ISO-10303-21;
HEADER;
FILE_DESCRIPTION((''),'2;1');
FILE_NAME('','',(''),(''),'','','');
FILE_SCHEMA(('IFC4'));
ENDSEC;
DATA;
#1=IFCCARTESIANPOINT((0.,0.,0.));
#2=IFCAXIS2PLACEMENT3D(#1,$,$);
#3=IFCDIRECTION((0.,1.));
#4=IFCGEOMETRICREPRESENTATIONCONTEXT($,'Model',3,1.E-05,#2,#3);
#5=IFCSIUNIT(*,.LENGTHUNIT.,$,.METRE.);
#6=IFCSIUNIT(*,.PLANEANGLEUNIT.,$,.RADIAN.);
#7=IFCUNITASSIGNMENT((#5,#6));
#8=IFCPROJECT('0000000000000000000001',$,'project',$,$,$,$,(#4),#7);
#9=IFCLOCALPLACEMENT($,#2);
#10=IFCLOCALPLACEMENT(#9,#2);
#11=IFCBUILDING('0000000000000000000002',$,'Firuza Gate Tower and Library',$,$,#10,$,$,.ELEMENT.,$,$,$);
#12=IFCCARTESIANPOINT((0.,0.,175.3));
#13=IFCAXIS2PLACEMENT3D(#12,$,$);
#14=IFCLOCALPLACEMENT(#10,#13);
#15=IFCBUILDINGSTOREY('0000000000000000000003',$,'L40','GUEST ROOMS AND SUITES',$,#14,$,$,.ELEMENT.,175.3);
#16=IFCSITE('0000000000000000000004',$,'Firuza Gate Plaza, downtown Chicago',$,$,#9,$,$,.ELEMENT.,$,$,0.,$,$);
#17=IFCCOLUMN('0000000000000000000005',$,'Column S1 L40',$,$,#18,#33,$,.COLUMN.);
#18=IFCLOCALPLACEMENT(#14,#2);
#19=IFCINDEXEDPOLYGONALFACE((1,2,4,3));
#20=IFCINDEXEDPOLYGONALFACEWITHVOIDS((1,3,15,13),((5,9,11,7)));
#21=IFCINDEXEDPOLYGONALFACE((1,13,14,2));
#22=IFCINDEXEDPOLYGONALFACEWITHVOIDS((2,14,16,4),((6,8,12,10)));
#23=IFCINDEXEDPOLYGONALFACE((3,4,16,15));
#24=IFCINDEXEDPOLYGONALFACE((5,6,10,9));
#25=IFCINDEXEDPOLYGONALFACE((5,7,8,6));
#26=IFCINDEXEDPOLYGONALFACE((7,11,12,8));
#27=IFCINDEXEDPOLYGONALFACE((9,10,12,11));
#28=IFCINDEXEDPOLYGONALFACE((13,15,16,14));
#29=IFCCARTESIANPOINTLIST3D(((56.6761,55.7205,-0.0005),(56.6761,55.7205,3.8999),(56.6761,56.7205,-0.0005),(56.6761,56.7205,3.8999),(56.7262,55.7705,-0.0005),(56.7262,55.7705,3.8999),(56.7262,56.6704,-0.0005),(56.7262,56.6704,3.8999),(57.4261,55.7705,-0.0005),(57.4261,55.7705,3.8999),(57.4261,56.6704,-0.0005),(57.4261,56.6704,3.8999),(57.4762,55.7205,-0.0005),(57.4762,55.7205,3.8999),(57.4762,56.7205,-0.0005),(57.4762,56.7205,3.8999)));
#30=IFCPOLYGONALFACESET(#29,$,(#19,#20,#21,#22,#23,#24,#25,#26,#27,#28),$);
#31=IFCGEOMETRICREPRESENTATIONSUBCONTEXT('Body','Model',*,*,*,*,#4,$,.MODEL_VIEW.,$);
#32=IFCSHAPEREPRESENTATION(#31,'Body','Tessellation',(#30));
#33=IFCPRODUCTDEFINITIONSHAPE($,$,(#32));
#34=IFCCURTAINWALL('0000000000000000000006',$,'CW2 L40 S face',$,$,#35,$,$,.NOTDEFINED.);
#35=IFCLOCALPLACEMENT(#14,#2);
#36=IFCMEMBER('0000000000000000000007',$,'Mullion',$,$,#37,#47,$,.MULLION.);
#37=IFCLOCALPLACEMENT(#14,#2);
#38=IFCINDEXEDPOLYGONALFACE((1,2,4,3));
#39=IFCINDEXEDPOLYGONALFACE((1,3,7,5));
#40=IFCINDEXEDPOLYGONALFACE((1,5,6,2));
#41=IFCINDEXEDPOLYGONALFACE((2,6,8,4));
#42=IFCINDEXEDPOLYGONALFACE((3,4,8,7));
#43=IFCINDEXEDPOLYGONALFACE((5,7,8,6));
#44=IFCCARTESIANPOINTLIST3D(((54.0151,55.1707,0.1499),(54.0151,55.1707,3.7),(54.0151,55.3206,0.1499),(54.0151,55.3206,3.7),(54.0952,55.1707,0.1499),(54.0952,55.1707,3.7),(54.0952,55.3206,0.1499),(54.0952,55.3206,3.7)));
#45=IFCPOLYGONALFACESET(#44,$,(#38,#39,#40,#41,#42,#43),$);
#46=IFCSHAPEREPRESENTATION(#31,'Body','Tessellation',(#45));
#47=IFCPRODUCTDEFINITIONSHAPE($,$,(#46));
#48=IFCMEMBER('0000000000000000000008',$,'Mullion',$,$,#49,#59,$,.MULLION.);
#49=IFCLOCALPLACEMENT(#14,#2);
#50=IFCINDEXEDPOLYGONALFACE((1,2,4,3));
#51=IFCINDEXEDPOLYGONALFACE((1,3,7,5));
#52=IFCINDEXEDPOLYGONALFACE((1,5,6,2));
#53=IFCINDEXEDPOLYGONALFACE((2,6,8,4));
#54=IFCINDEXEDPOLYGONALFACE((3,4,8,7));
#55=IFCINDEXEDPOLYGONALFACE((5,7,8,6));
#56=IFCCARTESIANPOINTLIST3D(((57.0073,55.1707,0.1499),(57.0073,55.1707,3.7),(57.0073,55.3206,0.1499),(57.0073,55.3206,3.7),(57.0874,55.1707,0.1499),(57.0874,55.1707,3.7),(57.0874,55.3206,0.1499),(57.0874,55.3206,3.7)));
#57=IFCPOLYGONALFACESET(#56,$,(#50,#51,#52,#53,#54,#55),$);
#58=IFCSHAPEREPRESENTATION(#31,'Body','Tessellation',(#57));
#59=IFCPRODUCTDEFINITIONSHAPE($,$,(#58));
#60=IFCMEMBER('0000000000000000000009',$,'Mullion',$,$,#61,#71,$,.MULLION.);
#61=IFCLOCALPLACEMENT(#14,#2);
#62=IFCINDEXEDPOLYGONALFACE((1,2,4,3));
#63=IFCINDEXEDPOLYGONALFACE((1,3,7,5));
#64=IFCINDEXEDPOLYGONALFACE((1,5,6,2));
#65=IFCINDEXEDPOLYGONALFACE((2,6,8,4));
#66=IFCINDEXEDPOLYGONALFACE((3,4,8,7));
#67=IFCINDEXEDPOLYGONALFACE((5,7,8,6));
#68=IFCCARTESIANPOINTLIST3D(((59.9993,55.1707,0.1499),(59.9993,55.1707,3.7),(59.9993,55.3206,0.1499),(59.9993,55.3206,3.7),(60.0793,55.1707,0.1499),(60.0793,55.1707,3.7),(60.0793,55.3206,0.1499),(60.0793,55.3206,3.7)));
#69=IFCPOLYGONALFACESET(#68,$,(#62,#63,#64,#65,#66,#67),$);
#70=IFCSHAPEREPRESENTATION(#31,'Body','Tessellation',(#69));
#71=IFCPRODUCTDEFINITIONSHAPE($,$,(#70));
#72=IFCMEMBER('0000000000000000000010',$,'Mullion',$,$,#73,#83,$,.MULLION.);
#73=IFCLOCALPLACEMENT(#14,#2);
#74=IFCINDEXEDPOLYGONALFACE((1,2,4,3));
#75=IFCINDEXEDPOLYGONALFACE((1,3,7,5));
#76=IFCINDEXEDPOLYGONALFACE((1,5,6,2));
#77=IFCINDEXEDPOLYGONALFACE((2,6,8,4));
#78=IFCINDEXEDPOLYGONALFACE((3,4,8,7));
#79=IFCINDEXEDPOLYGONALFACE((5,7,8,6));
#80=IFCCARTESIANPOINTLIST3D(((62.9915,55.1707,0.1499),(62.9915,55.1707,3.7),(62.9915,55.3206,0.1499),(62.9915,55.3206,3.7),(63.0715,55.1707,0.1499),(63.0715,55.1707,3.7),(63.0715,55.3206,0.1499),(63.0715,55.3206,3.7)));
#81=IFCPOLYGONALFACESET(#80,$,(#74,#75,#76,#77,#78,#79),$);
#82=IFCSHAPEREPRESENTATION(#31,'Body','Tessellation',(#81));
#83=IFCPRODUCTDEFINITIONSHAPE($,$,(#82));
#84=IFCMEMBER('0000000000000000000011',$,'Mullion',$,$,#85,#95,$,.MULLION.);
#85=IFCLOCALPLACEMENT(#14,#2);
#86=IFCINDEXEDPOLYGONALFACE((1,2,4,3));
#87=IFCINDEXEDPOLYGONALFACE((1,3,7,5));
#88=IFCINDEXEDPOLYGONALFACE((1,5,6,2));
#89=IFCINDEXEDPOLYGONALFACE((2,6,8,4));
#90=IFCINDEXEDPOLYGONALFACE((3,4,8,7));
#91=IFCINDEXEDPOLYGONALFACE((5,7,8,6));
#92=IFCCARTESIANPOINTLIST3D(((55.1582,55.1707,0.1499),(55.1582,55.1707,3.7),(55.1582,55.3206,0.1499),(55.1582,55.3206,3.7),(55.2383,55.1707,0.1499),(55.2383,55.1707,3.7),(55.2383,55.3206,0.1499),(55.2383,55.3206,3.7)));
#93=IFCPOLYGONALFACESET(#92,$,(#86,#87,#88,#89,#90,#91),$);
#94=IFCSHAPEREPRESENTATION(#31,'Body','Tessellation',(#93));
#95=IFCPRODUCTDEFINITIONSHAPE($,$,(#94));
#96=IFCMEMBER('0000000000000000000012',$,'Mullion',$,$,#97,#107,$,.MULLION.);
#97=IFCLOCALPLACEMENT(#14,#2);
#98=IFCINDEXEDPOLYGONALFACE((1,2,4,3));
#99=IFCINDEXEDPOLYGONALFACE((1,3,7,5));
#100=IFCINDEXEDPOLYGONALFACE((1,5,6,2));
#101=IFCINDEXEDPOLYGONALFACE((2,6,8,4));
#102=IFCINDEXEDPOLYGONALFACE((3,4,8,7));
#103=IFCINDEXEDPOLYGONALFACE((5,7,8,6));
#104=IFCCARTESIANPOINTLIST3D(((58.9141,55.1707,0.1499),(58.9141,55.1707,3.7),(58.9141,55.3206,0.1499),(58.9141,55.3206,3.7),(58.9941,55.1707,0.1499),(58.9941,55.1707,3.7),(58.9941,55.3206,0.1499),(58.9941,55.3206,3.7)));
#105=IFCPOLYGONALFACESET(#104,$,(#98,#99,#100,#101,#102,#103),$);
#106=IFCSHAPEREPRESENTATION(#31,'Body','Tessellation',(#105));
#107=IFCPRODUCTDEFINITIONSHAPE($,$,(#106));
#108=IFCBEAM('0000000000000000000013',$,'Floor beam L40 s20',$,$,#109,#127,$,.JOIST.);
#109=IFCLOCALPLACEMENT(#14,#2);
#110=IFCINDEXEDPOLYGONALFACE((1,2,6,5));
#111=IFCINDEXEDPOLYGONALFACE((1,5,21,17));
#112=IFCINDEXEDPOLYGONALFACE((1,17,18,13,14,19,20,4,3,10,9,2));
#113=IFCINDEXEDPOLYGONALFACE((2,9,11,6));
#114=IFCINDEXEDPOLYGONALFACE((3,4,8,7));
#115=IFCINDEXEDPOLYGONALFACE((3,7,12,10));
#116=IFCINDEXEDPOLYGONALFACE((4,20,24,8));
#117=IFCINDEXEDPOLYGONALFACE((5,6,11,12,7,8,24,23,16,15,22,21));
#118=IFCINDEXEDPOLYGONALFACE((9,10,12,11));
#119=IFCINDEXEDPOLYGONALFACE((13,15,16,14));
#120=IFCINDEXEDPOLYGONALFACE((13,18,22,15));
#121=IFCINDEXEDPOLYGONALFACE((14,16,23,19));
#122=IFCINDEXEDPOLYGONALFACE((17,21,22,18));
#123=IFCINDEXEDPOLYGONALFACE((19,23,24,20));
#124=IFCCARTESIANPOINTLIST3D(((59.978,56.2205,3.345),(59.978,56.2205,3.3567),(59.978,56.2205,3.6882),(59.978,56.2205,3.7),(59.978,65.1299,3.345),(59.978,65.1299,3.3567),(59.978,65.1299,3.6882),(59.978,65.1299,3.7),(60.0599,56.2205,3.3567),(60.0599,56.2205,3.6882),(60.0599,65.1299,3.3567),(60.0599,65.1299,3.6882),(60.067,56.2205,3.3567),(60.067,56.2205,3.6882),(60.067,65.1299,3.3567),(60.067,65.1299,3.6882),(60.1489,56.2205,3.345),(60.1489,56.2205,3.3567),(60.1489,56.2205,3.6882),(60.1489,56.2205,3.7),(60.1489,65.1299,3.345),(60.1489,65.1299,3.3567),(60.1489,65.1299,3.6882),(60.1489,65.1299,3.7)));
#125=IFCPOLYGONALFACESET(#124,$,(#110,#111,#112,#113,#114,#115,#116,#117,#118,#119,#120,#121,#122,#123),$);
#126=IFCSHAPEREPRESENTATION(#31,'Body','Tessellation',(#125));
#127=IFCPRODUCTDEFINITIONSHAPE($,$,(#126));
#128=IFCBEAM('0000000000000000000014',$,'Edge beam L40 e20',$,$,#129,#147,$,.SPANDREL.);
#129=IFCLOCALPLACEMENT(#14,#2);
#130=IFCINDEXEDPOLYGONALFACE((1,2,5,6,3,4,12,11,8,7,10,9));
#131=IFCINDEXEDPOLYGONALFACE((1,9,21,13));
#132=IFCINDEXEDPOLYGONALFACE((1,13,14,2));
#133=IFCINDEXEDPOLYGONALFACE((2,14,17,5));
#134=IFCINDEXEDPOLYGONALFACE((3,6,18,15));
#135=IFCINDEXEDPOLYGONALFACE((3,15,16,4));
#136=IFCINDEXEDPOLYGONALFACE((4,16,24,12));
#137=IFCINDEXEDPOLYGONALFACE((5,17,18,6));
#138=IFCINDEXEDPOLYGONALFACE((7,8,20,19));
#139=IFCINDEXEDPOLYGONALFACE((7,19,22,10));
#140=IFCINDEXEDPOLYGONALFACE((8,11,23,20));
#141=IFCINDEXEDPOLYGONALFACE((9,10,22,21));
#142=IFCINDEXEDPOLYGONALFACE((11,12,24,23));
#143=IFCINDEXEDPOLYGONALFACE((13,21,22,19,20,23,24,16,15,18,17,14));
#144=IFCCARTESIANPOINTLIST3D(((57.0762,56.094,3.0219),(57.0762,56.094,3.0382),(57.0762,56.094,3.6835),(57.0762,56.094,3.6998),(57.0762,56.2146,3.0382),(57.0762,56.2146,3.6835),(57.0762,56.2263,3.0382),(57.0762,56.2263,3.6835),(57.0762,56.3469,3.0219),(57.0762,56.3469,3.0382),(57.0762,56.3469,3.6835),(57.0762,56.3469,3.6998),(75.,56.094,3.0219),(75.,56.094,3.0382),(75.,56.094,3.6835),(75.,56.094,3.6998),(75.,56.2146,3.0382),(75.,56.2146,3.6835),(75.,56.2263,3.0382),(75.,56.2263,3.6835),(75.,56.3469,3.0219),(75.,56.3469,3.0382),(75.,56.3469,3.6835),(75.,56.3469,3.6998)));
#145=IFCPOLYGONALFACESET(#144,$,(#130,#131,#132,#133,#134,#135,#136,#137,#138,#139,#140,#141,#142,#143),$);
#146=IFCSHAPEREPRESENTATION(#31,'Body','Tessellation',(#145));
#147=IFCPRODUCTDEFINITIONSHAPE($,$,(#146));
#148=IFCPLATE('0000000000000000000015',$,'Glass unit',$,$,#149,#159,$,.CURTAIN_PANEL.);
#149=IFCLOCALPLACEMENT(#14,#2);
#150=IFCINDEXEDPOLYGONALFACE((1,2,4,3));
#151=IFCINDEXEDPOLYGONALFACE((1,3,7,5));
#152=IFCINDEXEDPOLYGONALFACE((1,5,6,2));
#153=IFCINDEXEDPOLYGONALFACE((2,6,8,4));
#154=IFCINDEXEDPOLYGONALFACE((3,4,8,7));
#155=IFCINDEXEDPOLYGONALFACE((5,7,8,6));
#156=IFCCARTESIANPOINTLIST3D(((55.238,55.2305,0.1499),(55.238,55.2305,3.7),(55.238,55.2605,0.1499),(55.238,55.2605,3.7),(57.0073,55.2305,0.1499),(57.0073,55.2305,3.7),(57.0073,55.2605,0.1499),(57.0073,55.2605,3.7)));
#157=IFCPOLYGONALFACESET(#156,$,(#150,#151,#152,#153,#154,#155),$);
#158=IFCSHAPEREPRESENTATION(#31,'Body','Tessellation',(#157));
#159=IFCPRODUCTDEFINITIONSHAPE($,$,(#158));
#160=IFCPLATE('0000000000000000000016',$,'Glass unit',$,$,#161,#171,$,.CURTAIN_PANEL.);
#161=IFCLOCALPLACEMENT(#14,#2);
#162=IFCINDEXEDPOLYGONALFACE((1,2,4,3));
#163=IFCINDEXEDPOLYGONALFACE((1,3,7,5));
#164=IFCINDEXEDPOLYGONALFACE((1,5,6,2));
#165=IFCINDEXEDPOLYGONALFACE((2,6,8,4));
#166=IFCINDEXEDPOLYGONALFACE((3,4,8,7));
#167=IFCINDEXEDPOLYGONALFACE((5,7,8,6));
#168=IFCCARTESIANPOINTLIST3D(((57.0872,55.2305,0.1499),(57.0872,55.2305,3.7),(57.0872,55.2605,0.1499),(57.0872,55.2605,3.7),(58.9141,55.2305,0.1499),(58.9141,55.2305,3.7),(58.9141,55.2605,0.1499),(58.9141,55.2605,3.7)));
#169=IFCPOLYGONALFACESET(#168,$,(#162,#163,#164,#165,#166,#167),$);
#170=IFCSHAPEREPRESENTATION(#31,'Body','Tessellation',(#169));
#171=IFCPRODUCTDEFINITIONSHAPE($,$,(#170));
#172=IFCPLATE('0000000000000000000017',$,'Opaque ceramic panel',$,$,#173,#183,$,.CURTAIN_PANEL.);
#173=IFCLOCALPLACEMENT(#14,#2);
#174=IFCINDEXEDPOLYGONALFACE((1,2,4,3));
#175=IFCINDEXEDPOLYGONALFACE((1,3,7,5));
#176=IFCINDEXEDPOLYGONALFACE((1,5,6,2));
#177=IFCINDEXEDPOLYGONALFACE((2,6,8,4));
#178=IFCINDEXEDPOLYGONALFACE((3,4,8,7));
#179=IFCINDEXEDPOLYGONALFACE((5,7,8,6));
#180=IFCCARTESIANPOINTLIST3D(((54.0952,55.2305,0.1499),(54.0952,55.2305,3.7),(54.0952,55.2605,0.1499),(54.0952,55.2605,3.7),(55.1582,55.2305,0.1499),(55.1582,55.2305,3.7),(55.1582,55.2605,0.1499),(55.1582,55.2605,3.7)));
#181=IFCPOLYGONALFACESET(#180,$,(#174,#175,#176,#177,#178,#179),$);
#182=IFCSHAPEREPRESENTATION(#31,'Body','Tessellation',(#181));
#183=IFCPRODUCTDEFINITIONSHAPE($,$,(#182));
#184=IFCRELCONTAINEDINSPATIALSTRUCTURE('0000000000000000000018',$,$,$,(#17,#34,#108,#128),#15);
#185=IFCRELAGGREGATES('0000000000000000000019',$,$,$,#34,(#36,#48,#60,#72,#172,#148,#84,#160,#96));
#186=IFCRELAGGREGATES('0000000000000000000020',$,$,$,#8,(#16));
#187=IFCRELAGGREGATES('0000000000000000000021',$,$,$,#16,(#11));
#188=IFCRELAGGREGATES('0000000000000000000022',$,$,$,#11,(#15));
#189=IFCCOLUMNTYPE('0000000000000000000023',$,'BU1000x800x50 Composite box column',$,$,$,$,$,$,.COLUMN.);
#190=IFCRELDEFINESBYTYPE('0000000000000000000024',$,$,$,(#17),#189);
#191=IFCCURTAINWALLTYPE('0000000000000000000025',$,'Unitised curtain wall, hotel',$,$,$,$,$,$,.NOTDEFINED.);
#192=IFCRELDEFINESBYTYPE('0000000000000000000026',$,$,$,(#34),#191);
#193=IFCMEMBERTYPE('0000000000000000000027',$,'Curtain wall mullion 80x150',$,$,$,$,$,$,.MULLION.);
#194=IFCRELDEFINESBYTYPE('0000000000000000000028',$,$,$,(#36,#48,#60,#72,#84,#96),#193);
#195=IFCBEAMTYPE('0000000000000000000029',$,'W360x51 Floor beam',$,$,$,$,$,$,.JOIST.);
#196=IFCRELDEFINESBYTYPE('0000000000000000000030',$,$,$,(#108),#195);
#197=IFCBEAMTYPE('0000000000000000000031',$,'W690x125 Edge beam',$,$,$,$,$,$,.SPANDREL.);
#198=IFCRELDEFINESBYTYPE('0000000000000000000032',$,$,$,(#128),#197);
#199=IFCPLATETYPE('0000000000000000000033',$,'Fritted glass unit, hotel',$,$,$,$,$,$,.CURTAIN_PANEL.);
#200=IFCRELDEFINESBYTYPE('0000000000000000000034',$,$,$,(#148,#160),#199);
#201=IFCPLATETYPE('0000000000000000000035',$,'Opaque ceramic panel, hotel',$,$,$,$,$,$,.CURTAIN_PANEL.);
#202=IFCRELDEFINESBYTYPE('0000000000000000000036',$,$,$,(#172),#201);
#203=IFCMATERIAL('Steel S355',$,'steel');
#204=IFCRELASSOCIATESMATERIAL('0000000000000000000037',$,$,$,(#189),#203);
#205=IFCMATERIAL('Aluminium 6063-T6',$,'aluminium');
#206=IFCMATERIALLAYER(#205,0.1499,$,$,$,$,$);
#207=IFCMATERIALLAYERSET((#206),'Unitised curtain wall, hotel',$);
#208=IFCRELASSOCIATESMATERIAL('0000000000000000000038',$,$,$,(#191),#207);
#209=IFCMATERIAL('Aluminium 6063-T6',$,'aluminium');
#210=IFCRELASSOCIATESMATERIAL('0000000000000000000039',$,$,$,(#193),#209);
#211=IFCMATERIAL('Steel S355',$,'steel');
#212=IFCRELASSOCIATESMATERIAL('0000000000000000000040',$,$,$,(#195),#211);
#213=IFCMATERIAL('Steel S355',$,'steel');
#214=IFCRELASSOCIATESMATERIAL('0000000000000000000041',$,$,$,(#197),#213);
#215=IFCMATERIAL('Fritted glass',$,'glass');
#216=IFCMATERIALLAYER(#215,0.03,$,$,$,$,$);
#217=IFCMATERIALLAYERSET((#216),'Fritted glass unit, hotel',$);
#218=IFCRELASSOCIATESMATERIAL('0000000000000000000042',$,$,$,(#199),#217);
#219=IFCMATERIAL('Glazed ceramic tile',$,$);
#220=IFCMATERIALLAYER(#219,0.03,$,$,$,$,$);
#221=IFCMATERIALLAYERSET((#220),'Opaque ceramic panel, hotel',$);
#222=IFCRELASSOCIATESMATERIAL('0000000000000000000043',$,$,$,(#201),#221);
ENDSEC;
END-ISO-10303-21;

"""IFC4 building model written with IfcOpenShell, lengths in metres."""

from ifc_helpers import new_model, si_unit, direction, frame, origin, origin_2d, place, context, subcontext, project, spatial, polyline, rectangle, hollow_rectangle, i_section, outline, extrude, material, layer, layer_set, material_profile, profile_set, type_object, element, aggregate, save


model = new_model("IFC4")

# Units and contexts
model_context = context("Model", 3, precision=1e-05, world=origin(), true_north=direction((0.0, 1.0)))
body_context = subcontext(model_context, "Body", "Model", "MODEL_VIEW")
ifc_project = project(units=[si_unit("LENGTHUNIT", "METRE"), si_unit("PLANEANGLEUNIT", "RADIAN")], contexts=[model_context])

# Site, building, storey
site_placement = place(None, origin())
site = spatial("IfcSite", under=ifc_project, at=site_placement, Name="Firuza Gate Plaza, downtown Chicago", CompositionType="ELEMENT", RefElevation=0.0)
building_placement = place(site_placement, origin())
building = spatial("IfcBuilding", under=site, at=building_placement, Name="Firuza Gate Tower and Library", CompositionType="ELEMENT")
storey_placement = place(building_placement, frame((0.0, 0.0, 175.3)))
storey = spatial("IfcBuildingStorey", under=building, at=storey_placement, Name="L40", Description="GUEST ROOMS AND SUITES", CompositionType="ELEMENT", Elevation=175.3)

# Column
ifc_material_1 = material(Name="Steel S355", Category="steel")
ifc_material_profile_1 = material_profile(ifc_material_1, hollow_rectangle(XDim=0.8, YDim=1.0, WallThickness=0.05, at=origin_2d()))
ifc_profile_set_1 = profile_set([ifc_material_profile_1], Name="Steel S355")
column_type = type_object("IfcColumnType", Name="BU1000x800x50 Composite box column", PredefinedType="COLUMN", material=ifc_profile_set_1)
column_placement = place(storey_placement, frame((57.0762, 56.2205, -0.0005), z_axis=(0.0, 0.0, 1.0), x_axis=(1.0, 0.0, 0.0)))
element("IfcColumn", 1, at=column_placement, inside=storey, type_object=column_type, Name="Column S1 L40", PredefinedType="COLUMN", context=body_context, shape_type="SweptSolid", body=[
    extrude(hollow_rectangle(XDim=0.8, YDim=1.0, WallThickness=0.05, at=origin_2d()), origin(), (0.0, 0.0, 1.0), 3.9004),
])

# Curtain wall, members
ifc_material_2 = material(Name="Aluminium 6063-T6", Category="aluminium")
ifc_layer_1 = layer(ifc_material_2, 0.1499)
ifc_layer_set_1 = layer_set([ifc_layer_1], Name="Unitised curtain wall, hotel")
curtain_wall_type = type_object("IfcCurtainWallType", Name="Unitised curtain wall, hotel", PredefinedType="NOTDEFINED", material=ifc_layer_set_1)
curtain_wall_placement = place(storey_placement, origin())
curtain_wall = element("IfcCurtainWall", 2, at=curtain_wall_placement, inside=storey, type_object=curtain_wall_type, Name="CW2 L40 S face", PredefinedType="NOTDEFINED")
ifc_material_3 = material(Name="Aluminium 6063-T6", Category="aluminium")
ifc_material_profile_2 = material_profile(ifc_material_3, rectangle(XDim=0.1499, YDim=0.0801, at=origin_2d()))
ifc_profile_set_2 = profile_set([ifc_material_profile_2], Name="Aluminium 6063-T6")
member_type = type_object("IfcMemberType", Name="Curtain wall mullion 80x150", PredefinedType="MULLION", material=ifc_profile_set_2)
member_1_placement = place(storey_placement, frame((54.0552, 55.2456, 0.1499), z_axis=(0.0, 0.0, 1.0), x_axis=(0.0, 1.0, 0.0)))
member_1 = element("IfcMember", 3, at=member_1_placement, type_object=member_type, Name="Mullion", PredefinedType="MULLION", context=body_context, shape_type="SweptSolid", body=[
    extrude(rectangle(XDim=0.1499, YDim=0.0801, at=origin_2d()), origin(), (0.0, 0.0, 1.0), 3.55),
])
member_2_placement = place(storey_placement, frame((57.0474, 55.2456, 0.1499), z_axis=(0.0, 0.0, 1.0), x_axis=(0.0, 1.0, 0.0)))
member_2 = element("IfcMember", 4, at=member_2_placement, type_object=member_type, Name="Mullion", PredefinedType="MULLION", context=body_context, shape_type="SweptSolid", body=[
    extrude(rectangle(XDim=0.1499, YDim=0.0801, at=origin_2d()), origin(), (0.0, 0.0, 1.0), 3.55),
])
member_3_placement = place(storey_placement, frame((60.0393, 55.2456, 0.1499), z_axis=(0.0, 0.0, 1.0), x_axis=(0.0, 1.0, 0.0)))
member_3 = element("IfcMember", 5, at=member_3_placement, type_object=member_type, Name="Mullion", PredefinedType="MULLION", context=body_context, shape_type="SweptSolid", body=[
    extrude(rectangle(XDim=0.1499, YDim=0.0801, at=origin_2d()), origin(), (0.0, 0.0, 1.0), 3.55),
])
member_4_placement = place(storey_placement, frame((63.0315, 55.2456, 0.1499), z_axis=(0.0, 0.0, 1.0), x_axis=(0.0, 1.0, 0.0)))
member_4 = element("IfcMember", 6, at=member_4_placement, type_object=member_type, Name="Mullion", PredefinedType="MULLION", context=body_context, shape_type="SweptSolid", body=[
    extrude(rectangle(XDim=0.1499, YDim=0.0801, at=origin_2d()), origin(), (0.0, 0.0, 1.0), 3.55),
])
member_5_placement = place(storey_placement, frame((55.1982, 55.2456, 0.1499), z_axis=(0.0, 0.0, 1.0), x_axis=(0.0, 1.0, 0.0)))
member_5 = element("IfcMember", 7, at=member_5_placement, type_object=member_type, Name="Mullion", PredefinedType="MULLION", context=body_context, shape_type="SweptSolid", body=[
    extrude(rectangle(XDim=0.1499, YDim=0.0801, at=origin_2d()), origin(), (0.0, 0.0, 1.0), 3.55),
])
member_6_placement = place(storey_placement, frame((58.9541, 55.2456, 0.1499), z_axis=(0.0, 0.0, 1.0), x_axis=(0.0, 1.0, 0.0)))
member_6 = element("IfcMember", 8, at=member_6_placement, type_object=member_type, Name="Mullion", PredefinedType="MULLION", context=body_context, shape_type="SweptSolid", body=[
    extrude(rectangle(XDim=0.1499, YDim=0.0801, at=origin_2d()), origin(), (0.0, 0.0, 1.0), 3.55),
])

# Beams
ifc_material_4 = material(Name="Steel S355", Category="steel")
ifc_material_profile_3 = material_profile(ifc_material_4, i_section(OverallWidth=0.1709, OverallDepth=0.355, WebThickness=0.0071, FlangeThickness=0.0117, at=origin_2d()))
ifc_profile_set_3 = profile_set([ifc_material_profile_3], Name="Steel S355")
beam_type_1 = type_object("IfcBeamType", Name="W360x51 Floor beam", PredefinedType="JOIST", material=ifc_profile_set_3)
beam_1_placement = place(storey_placement, frame((60.0635, 56.2205, 3.5225), z_axis=(0.0, 1.0, 0.0), x_axis=(-1.0, 0.0, 0.0)))
element("IfcBeam", 9, at=beam_1_placement, inside=storey, type_object=beam_type_1, Name="Floor beam L40 s20", PredefinedType="JOIST", context=body_context, shape_type="SweptSolid", body=[
    extrude(i_section(OverallWidth=0.1709, OverallDepth=0.355, WebThickness=0.0071, FlangeThickness=0.0117, at=origin_2d()), origin(), (0.0, 0.0, 1.0), 8.9094),
])
ifc_material_5 = material(Name="Steel S355", Category="steel")
ifc_material_profile_4 = material_profile(ifc_material_5, i_section(OverallWidth=0.2529, OverallDepth=0.678, WebThickness=0.0117, FlangeThickness=0.0164, at=origin_2d()))
ifc_profile_set_4 = profile_set([ifc_material_profile_4], Name="Steel S355")
beam_type_2 = type_object("IfcBeamType", Name="W690x125 Edge beam", PredefinedType="SPANDREL", material=ifc_profile_set_4)
beam_2_placement = place(storey_placement, frame((57.0762, 56.2205, 3.3608), z_axis=(1.0, 0.0, 0.0), x_axis=(0.0, 1.0, 0.0)))
element("IfcBeam", 10, at=beam_2_placement, inside=storey, type_object=beam_type_2, Name="Edge beam L40 e20", PredefinedType="SPANDREL", context=body_context, shape_type="SweptSolid", body=[
    extrude(i_section(OverallWidth=0.2529, OverallDepth=0.678, WebThickness=0.0117, FlangeThickness=0.0164, at=origin_2d()), origin(), (0.0, 0.0, 1.0), 17.9238),
])

# Plates
ifc_material_6 = material(Name="Fritted glass", Category="glass")
ifc_layer_2 = layer(ifc_material_6, 0.03)
ifc_layer_set_2 = layer_set([ifc_layer_2], Name="Fritted glass unit, hotel")
plate_type_1 = type_object("IfcPlateType", Name="Fritted glass unit, hotel", PredefinedType="CURTAIN_PANEL", material=ifc_layer_set_2)
plate_1_placement = place(storey_placement, frame((55.238, 55.2305, 0.1499), z_axis=(0.0, -1.0, 0.0), x_axis=(1.0, 0.0, 0.0)))
plate_1 = element("IfcPlate", 11, at=plate_1_placement, type_object=plate_type_1, Name="Glass unit", PredefinedType="CURTAIN_PANEL", context=body_context, shape_type="SweptSolid", body=[
    extrude(outline(polyline([(0.0, 0.0), (1.7693, 0.0), (1.7693, 3.55), (0.0, 3.55), (0.0, 0.0)])), origin(), (0.0, 0.0, -1.0), 0.03),
])
plate_2_placement = place(storey_placement, frame((57.0872, 55.2305, 0.1499), z_axis=(0.0, -1.0, 0.0), x_axis=(1.0, 0.0, 0.0)))
plate_2 = element("IfcPlate", 12, at=plate_2_placement, type_object=plate_type_1, Name="Glass unit", PredefinedType="CURTAIN_PANEL", context=body_context, shape_type="SweptSolid", body=[
    extrude(outline(polyline([(0.0, 0.0), (1.8269, 0.0), (1.8269, 3.55), (0.0, 3.55), (0.0, 0.0)])), origin(), (0.0, 0.0, -1.0), 0.03),
])
ifc_material_7 = material(Name="Glazed ceramic tile")
ifc_layer_3 = layer(ifc_material_7, 0.03)
ifc_layer_set_3 = layer_set([ifc_layer_3], Name="Opaque ceramic panel, hotel")
plate_type_2 = type_object("IfcPlateType", Name="Opaque ceramic panel, hotel", PredefinedType="CURTAIN_PANEL", material=ifc_layer_set_3)
plate_3_placement = place(storey_placement, frame((54.0952, 55.2305, 0.1499), z_axis=(0.0, -1.0, 0.0), x_axis=(1.0, 0.0, 0.0)))
plate_3 = element("IfcPlate", 13, at=plate_3_placement, type_object=plate_type_2, Name="Opaque ceramic panel", PredefinedType="CURTAIN_PANEL", context=body_context, shape_type="SweptSolid", body=[
    extrude(outline(polyline([(0.0, 0.0), (1.063, 0.0), (1.063, 3.55), (0.0, 3.55), (0.0, 0.0)])), origin(), (0.0, 0.0, -1.0), 0.03),
])
aggregate(curtain_wall, [member_1, member_2, member_3, member_4, plate_3, plate_1, member_5, plate_2, member_6])

save(model, "model.ifc")
